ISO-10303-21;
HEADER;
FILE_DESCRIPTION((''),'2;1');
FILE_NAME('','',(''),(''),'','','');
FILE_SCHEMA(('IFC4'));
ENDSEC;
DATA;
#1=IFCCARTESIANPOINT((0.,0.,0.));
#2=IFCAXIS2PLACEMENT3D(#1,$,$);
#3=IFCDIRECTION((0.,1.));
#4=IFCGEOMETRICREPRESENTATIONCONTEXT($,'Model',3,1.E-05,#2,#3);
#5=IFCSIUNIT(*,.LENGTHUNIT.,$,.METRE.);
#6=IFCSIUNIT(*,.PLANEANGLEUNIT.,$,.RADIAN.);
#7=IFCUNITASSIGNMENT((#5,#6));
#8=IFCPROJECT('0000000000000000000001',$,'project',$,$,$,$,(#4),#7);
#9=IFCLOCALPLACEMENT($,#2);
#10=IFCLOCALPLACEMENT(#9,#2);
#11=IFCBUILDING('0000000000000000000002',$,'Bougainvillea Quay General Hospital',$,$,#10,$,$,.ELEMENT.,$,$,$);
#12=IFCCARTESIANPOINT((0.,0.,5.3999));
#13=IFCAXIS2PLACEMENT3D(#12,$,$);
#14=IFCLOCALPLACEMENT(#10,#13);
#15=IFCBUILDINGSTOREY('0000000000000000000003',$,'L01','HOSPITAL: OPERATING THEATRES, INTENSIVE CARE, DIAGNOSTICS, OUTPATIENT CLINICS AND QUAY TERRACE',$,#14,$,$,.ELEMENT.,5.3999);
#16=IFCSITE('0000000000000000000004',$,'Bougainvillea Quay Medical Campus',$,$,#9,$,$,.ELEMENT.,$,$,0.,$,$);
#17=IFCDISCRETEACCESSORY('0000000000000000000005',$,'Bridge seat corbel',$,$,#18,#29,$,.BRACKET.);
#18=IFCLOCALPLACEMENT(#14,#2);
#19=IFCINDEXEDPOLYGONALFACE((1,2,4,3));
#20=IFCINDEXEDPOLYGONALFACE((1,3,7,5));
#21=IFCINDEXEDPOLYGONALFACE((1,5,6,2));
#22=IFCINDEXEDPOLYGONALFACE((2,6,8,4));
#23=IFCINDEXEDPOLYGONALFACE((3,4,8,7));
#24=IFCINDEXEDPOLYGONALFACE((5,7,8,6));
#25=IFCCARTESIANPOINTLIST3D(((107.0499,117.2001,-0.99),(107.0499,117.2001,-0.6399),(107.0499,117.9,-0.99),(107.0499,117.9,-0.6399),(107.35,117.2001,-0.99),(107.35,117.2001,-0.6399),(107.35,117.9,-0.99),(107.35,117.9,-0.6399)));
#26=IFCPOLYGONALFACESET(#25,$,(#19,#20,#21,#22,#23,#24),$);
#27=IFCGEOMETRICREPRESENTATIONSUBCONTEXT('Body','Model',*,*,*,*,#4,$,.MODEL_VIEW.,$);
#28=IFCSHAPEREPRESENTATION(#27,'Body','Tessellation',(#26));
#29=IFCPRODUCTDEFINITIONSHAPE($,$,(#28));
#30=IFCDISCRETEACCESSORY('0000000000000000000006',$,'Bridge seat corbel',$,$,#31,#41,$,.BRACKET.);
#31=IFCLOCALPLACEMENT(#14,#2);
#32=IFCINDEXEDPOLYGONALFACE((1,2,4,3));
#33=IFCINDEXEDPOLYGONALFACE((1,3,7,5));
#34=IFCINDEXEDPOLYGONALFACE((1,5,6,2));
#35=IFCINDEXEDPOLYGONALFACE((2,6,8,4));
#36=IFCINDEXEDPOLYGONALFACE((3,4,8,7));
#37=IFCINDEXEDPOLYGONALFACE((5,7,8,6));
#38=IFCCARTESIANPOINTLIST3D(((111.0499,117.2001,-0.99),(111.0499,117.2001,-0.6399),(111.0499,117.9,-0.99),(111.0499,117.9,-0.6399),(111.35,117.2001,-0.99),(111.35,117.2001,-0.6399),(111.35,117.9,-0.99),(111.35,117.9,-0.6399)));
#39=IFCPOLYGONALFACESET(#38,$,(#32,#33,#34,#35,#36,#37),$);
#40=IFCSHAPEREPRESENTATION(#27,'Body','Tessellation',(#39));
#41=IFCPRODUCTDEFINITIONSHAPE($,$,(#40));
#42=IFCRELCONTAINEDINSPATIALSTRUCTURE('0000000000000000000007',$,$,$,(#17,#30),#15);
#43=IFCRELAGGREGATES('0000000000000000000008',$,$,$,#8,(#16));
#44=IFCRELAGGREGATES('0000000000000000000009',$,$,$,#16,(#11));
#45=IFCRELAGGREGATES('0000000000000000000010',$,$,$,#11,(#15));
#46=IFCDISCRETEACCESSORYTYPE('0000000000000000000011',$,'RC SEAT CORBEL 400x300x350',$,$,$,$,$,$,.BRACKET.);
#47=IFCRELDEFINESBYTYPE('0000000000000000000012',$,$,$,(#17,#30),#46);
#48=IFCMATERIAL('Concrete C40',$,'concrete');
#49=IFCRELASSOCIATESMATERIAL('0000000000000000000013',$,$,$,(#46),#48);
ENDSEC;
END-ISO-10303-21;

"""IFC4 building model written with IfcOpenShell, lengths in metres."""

from ifc_helpers import new_model, si_unit, direction, frame, origin, origin_2d, place, context, subcontext, project, spatial, rectangle, extrude, material, type_object, element, save


model = new_model("IFC4")

# Units and contexts
model_context = context("Model", 3, precision=1e-05, world=origin(), true_north=direction((0.0, 1.0)))
body_context = subcontext(model_context, "Body", "Model", "MODEL_VIEW")
ifc_project = project(units=[si_unit("LENGTHUNIT", "METRE"), si_unit("PLANEANGLEUNIT", "RADIAN")], contexts=[model_context])

# Site, building, storey
site_placement = place(None, origin())
site = spatial("IfcSite", under=ifc_project, at=site_placement, Name="Bougainvillea Quay Medical Campus", CompositionType="ELEMENT", RefElevation=0.0)
building_placement = place(site_placement, origin())
building = spatial("IfcBuilding", under=site, at=building_placement, Name="Bougainvillea Quay General Hospital", CompositionType="ELEMENT")
storey_placement = place(building_placement, frame((0.0, 0.0, 5.3999)))
storey = spatial("IfcBuildingStorey", under=building, at=storey_placement, Name="L01", Description="HOSPITAL: OPERATING THEATRES, INTENSIVE CARE, DIAGNOSTICS, OUTPATIENT CLINICS AND QUAY TERRACE", CompositionType="ELEMENT", Elevation=5.3999)

# Shared definitions
ifc_material_1 = material(Name="Concrete C40", Category="concrete")

# Discrete accessories
discrete_accessory_type_1 = type_object("IfcDiscreteAccessoryType", Name="RC SEAT CORBEL 400x300x350", PredefinedType="BRACKET", material=ifc_material_1)
for number, where, z_axis, x_axis, name in (
    (1, (107.2, 117.55, -0.99), (0.0, 0.0, 1.0), (0.0, -1.0, 0.0), "Bridge seat corbel"),
    (2, (111.2, 117.55, -0.99), (0.0, 0.0, 1.0), (0.0, -1.0, 0.0), "Bridge seat corbel"),
):
    element("IfcDiscreteAccessory", number, at=place(storey_placement, frame(where, z_axis=z_axis, x_axis=x_axis)), inside=storey, type_object=discrete_accessory_type_1, Name=name, PredefinedType="BRACKET", context=body_context, shape_type="SweptSolid", body=[
        extrude(rectangle(XDim=0.7, YDim=0.3, at=origin_2d()), origin(), (0.0, 0.0, 1.0), 0.3501),
    ])

save(model, "model.ifc")
